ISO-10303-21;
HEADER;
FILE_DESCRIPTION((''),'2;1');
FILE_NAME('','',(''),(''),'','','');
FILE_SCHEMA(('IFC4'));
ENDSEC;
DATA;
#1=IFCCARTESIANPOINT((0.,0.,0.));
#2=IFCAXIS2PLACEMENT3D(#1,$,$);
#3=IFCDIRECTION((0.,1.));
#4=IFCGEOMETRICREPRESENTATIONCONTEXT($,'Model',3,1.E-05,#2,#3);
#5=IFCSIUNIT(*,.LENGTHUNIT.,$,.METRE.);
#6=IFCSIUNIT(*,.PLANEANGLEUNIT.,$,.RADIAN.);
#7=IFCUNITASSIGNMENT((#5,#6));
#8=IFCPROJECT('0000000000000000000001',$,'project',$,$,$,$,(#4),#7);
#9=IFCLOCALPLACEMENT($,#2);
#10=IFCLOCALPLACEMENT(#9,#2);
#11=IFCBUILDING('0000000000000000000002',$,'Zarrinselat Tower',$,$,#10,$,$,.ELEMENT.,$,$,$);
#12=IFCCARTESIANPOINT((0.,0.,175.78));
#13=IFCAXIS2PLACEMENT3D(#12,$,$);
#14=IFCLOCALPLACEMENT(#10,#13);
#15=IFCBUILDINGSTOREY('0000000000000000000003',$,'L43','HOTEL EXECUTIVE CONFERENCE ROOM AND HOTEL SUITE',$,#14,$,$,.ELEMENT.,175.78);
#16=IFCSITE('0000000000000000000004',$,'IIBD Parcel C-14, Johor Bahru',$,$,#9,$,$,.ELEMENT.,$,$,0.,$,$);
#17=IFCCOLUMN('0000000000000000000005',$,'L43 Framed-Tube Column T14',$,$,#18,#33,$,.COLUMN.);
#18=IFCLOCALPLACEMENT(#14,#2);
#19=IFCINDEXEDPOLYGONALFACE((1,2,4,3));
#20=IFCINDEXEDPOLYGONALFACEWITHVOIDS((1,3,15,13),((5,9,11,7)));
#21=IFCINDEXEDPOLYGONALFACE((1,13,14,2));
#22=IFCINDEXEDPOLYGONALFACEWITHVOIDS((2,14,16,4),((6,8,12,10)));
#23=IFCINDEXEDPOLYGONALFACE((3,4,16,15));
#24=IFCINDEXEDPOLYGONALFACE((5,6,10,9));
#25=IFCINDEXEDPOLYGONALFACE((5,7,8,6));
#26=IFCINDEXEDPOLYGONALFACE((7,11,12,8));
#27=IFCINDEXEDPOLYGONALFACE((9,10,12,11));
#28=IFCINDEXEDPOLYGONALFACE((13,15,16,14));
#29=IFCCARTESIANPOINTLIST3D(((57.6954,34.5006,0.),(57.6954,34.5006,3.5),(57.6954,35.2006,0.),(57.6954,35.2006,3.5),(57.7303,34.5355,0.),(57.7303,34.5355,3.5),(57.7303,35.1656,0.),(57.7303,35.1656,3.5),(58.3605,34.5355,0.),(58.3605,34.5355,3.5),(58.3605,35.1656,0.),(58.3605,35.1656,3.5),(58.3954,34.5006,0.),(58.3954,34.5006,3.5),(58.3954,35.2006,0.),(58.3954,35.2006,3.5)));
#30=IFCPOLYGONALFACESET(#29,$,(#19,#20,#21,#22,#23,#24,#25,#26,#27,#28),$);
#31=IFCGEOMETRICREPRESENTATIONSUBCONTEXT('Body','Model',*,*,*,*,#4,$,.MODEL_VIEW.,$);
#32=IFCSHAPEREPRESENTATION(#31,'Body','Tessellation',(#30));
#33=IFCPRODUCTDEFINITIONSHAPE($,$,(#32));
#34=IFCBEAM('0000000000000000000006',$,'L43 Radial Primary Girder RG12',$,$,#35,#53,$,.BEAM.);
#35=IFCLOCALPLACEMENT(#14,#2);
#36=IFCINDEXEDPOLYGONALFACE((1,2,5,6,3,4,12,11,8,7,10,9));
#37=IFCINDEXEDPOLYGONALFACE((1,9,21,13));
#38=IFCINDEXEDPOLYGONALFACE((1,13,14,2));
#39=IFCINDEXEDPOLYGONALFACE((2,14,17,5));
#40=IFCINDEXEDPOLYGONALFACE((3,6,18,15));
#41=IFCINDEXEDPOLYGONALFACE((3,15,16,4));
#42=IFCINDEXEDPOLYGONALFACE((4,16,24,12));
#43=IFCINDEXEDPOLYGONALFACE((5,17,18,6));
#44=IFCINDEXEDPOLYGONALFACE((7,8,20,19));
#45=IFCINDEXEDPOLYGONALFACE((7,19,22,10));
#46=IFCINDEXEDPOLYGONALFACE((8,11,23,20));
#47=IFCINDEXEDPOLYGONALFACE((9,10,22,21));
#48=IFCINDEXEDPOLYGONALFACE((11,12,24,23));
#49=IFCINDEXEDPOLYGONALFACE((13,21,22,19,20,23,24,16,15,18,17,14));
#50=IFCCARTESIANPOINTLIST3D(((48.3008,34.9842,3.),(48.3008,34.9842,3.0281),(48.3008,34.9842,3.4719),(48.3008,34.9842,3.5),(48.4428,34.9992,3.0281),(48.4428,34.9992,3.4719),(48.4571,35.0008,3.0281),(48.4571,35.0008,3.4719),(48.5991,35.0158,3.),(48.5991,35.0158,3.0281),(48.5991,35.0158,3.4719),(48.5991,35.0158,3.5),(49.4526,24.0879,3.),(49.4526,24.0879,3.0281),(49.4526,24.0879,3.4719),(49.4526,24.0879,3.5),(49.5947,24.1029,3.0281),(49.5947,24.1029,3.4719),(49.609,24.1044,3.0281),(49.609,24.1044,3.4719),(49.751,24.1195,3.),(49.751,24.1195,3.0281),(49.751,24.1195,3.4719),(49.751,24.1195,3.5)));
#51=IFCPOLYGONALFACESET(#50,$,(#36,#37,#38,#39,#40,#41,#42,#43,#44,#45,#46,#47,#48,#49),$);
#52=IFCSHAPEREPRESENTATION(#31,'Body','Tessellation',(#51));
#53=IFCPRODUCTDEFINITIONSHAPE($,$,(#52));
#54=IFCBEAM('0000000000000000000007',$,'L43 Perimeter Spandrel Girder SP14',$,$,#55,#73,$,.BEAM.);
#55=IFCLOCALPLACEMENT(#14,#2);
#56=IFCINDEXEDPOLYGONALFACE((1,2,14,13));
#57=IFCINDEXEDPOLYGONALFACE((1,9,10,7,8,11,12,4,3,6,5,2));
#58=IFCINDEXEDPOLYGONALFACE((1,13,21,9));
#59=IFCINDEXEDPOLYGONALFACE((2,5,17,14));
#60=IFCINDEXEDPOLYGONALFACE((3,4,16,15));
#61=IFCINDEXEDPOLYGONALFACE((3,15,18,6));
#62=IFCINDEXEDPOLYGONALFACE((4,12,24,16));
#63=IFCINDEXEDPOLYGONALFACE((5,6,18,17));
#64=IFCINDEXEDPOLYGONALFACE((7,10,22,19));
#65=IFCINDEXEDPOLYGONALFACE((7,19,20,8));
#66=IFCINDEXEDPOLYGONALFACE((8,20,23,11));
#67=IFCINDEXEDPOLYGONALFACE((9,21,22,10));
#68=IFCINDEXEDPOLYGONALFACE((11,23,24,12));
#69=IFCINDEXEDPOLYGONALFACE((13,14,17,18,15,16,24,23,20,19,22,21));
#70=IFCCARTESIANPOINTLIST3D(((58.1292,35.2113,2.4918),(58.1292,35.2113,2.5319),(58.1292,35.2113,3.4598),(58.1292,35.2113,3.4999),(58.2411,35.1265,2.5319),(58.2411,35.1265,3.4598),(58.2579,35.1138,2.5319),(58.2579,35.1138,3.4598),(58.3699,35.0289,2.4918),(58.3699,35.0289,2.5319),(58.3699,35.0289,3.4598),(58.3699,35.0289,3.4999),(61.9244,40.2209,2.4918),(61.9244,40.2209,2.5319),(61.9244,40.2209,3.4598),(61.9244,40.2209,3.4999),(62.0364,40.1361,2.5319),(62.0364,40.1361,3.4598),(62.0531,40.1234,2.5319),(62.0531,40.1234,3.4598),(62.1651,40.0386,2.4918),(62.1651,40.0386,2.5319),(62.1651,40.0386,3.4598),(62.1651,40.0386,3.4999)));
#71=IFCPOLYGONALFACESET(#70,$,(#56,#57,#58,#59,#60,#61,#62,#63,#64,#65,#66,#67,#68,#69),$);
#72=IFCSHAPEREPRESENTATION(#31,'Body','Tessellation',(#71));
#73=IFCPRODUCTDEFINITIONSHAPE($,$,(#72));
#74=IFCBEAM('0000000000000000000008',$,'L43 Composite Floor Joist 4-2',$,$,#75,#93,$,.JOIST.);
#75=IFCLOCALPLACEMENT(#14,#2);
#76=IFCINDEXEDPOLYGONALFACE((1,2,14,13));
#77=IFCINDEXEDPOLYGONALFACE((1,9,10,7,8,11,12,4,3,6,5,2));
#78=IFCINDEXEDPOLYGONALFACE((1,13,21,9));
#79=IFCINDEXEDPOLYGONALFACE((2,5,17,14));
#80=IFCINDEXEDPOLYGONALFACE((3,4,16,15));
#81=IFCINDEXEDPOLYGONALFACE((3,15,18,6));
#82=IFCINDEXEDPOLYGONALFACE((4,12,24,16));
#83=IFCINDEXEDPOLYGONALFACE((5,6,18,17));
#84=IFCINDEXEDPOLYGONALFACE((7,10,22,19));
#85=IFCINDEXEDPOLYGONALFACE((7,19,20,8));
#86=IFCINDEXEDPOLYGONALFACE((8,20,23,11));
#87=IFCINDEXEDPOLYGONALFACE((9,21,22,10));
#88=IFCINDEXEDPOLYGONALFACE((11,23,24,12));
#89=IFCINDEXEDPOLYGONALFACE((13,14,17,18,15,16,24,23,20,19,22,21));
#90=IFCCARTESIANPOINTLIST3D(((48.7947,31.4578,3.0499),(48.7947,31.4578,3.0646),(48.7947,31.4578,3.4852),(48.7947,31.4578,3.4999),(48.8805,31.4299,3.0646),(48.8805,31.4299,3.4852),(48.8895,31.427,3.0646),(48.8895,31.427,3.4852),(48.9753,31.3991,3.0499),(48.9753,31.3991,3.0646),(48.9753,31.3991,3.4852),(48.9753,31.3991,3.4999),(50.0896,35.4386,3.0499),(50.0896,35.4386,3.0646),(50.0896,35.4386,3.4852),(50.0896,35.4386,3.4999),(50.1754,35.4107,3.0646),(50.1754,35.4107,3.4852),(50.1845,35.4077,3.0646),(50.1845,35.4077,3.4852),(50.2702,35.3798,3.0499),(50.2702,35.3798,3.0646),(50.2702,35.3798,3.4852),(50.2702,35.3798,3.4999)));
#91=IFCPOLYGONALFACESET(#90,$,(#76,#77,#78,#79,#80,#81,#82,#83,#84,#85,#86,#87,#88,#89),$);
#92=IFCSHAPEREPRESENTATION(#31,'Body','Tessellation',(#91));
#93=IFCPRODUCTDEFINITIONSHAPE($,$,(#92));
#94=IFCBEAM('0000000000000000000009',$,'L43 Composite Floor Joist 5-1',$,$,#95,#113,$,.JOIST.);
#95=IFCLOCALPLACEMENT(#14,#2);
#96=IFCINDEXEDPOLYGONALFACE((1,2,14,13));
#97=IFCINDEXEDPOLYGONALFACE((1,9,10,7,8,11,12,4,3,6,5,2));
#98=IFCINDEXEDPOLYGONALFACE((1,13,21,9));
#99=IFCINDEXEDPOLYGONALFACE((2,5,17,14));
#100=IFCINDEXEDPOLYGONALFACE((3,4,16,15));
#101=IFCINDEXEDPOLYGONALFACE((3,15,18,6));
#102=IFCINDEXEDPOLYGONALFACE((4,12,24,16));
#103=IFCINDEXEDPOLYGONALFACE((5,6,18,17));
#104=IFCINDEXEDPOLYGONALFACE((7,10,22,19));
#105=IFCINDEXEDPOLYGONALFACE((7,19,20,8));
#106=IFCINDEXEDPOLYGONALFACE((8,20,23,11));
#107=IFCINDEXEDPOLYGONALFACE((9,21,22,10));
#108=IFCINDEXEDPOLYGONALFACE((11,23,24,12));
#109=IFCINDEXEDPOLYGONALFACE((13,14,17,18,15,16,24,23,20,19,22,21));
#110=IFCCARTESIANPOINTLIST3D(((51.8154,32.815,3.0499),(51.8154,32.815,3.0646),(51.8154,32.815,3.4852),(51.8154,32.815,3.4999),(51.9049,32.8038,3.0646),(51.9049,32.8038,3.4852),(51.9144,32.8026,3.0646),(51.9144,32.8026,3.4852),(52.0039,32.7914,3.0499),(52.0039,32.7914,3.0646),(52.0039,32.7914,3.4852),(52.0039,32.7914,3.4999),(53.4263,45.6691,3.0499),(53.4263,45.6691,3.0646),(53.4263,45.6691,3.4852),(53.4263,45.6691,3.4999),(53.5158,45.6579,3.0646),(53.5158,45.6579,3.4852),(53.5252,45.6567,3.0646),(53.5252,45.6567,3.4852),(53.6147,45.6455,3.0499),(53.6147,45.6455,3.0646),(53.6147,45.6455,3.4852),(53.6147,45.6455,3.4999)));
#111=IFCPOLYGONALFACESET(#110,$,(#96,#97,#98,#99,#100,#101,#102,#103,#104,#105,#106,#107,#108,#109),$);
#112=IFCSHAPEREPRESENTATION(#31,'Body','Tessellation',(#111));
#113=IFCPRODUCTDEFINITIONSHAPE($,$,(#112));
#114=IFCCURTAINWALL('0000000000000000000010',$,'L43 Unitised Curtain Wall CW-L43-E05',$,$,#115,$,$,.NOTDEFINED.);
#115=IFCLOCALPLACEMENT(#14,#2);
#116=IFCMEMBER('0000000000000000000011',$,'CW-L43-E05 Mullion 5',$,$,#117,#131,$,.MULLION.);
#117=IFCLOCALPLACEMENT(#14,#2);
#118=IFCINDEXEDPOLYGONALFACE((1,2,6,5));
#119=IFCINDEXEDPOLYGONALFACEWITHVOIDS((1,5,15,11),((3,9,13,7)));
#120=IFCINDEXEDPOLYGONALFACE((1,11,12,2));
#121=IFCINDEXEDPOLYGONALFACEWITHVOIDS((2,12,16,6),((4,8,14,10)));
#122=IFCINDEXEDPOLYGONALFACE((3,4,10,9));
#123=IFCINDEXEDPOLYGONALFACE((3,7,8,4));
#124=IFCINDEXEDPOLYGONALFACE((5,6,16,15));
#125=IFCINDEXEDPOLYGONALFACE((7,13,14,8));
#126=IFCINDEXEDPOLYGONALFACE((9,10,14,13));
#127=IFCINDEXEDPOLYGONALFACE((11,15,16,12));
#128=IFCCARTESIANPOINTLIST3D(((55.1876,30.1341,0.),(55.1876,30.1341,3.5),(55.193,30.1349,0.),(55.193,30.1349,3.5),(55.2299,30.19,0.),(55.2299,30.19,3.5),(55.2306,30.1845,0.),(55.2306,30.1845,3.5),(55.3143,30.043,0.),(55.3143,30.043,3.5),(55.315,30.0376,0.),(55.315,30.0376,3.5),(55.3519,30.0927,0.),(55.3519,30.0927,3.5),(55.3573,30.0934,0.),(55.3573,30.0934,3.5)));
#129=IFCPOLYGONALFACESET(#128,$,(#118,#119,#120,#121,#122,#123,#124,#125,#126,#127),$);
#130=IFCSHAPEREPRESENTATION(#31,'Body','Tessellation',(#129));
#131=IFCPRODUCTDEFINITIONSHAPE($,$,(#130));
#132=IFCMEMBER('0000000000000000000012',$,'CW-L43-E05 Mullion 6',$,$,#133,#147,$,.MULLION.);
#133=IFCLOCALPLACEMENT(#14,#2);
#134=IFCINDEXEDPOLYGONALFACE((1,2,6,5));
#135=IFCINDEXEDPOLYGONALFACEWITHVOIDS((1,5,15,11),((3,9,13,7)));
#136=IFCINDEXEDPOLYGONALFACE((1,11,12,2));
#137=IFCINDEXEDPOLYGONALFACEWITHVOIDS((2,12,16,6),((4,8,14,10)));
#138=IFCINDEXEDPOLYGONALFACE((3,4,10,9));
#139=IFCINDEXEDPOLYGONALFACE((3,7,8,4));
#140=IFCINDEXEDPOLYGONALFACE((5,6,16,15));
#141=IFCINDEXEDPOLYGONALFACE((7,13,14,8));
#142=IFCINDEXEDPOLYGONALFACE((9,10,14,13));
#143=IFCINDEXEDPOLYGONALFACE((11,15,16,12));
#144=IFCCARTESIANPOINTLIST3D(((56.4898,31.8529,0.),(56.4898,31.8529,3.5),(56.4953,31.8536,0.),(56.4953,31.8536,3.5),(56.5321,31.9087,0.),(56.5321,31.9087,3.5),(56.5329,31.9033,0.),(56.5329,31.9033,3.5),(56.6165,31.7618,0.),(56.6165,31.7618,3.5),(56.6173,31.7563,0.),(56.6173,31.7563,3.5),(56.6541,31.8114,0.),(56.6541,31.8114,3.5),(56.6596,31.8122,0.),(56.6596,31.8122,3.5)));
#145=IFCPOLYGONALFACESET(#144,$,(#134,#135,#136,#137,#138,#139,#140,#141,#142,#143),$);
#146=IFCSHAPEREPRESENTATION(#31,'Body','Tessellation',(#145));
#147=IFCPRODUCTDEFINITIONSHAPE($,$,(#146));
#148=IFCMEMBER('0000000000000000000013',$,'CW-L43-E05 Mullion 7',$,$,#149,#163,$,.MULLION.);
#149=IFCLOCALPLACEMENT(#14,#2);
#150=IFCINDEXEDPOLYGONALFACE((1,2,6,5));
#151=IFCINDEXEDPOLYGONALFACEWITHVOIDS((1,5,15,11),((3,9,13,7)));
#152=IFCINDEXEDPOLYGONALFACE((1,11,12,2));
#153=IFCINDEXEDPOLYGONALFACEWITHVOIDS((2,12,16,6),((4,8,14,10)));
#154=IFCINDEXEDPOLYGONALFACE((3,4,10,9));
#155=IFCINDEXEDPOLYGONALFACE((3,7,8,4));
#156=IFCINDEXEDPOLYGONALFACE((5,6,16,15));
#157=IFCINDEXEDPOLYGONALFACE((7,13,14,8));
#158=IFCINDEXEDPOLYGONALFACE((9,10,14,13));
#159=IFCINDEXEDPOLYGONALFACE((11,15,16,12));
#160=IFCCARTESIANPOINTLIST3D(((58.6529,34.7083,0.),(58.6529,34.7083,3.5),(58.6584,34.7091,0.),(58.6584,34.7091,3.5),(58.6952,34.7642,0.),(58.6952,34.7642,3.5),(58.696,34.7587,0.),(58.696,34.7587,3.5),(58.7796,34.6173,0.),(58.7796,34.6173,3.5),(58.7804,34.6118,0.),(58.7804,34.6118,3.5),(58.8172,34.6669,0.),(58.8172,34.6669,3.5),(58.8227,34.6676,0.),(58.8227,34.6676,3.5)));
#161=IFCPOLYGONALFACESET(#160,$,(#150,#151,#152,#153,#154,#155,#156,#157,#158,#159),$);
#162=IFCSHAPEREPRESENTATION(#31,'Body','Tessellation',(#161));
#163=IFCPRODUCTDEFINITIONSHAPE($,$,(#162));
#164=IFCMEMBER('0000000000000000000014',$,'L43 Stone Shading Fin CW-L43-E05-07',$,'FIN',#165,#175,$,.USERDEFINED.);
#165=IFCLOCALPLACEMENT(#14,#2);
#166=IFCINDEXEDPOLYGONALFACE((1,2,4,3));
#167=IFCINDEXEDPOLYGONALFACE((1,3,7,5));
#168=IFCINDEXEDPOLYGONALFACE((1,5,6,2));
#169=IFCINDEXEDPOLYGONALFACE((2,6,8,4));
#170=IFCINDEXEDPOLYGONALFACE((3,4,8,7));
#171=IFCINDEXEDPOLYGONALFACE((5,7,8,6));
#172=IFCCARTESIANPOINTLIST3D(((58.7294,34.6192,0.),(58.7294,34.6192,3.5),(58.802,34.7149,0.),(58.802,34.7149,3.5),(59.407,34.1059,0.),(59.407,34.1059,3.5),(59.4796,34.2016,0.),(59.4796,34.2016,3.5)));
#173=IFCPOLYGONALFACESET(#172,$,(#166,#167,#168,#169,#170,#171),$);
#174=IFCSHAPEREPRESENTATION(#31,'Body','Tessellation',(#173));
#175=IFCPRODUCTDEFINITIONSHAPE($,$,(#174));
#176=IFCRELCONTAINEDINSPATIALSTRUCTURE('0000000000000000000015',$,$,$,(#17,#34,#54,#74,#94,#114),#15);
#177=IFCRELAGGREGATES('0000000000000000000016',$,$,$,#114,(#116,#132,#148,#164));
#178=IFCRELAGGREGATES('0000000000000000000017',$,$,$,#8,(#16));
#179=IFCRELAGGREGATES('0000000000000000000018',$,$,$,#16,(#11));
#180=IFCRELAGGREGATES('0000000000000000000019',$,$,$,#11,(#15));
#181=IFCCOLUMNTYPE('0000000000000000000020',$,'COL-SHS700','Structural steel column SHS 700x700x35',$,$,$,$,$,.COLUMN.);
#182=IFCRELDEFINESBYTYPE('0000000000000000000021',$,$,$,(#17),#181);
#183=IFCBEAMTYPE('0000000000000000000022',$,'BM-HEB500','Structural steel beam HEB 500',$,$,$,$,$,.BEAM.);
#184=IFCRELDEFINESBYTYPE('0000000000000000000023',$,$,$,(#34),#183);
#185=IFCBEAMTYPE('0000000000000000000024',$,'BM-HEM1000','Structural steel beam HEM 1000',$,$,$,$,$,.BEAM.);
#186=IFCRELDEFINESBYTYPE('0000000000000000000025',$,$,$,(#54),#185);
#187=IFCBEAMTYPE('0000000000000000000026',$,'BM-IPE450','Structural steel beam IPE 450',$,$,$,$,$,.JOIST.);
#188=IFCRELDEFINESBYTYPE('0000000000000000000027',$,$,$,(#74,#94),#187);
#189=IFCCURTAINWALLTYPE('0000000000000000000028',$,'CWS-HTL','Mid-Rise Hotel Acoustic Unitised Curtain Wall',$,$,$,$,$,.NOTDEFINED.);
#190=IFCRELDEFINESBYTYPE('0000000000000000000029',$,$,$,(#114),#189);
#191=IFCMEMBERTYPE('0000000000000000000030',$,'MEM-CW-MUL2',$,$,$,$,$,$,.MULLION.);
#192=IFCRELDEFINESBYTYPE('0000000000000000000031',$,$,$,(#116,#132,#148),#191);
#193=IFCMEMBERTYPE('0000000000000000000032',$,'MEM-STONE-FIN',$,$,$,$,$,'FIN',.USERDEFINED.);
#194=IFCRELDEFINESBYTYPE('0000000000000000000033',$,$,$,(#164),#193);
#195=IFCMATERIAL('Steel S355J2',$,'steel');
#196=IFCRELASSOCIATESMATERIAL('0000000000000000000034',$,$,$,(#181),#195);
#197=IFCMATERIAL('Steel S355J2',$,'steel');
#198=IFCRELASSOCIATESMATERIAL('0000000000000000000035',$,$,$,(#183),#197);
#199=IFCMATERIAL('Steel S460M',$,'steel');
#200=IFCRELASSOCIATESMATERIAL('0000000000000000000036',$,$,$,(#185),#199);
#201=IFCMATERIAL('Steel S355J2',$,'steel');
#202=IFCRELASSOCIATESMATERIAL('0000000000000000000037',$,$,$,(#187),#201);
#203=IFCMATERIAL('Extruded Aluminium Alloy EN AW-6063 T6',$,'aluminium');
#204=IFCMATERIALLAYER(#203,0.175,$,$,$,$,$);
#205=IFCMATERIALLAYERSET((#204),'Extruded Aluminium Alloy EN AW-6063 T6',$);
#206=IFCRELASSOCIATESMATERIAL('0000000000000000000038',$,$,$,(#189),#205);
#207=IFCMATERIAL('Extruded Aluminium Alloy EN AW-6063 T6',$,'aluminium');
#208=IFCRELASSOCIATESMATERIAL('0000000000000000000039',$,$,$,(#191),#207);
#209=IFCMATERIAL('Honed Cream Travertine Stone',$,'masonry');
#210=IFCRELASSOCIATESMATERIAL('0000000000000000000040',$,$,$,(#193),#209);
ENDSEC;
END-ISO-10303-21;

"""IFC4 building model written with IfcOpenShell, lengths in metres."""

from ifc_helpers import new_model, si_unit, direction, frame, origin, origin_2d, place, context, subcontext, project, spatial, rectangle, hollow_rectangle, i_section, extrude, material, layer, layer_set, material_profile, profile_set, type_object, element, aggregate, save


model = new_model("IFC4")

# Units and contexts
model_context = context("Model", 3, precision=1e-05, world=origin(), true_north=direction((0.0, 1.0)))
body_context = subcontext(model_context, "Body", "Model", "MODEL_VIEW")
ifc_project = project(units=[si_unit("LENGTHUNIT", "METRE"), si_unit("PLANEANGLEUNIT", "RADIAN")], contexts=[model_context])

# Site, building, storey
site_placement = place(None, origin())
site = spatial("IfcSite", under=ifc_project, at=site_placement, Name="IIBD Parcel C-14, Johor Bahru", CompositionType="ELEMENT", RefElevation=0.0)
building_placement = place(site_placement, origin())
building = spatial("IfcBuilding", under=site, at=building_placement, Name="Zarrinselat Tower", CompositionType="ELEMENT")
storey_placement = place(building_placement, frame((0.0, 0.0, 175.78)))
storey = spatial("IfcBuildingStorey", under=building, at=storey_placement, Name="L43", Description="HOTEL EXECUTIVE CONFERENCE ROOM AND HOTEL SUITE", CompositionType="ELEMENT", Elevation=175.78)

# Column
ifc_material_1 = material(Name="Steel S355J2", Category="steel")
ifc_material_profile_1 = material_profile(ifc_material_1, hollow_rectangle(XDim=0.7, YDim=0.7, WallThickness=0.0349, at=origin_2d()), Name="SHS 700x700x35")
ifc_profile_set_1 = profile_set([ifc_material_profile_1], Name="Steel S355J2")
column_type = type_object("IfcColumnType", Name="COL-SHS700", Description="Structural steel column SHS 700x700x35", PredefinedType="COLUMN", material=ifc_profile_set_1)
column_placement = place(storey_placement, frame((58.0454, 34.8506, 0.0), z_axis=(0.0, 0.0, 1.0), x_axis=(1.0, 0.0, 0.0)))
element("IfcColumn", 1, at=column_placement, inside=storey, type_object=column_type, Name="L43 Framed-Tube Column T14", PredefinedType="COLUMN", context=body_context, shape_type="SweptSolid", body=[
    extrude(hollow_rectangle(XDim=0.7, YDim=0.7, WallThickness=0.0349, at=origin_2d()), origin(), (0.0, 0.0, 1.0), 3.5),
])

# Beams
ifc_material_2 = material(Name="Steel S355J2", Category="steel")
ifc_material_profile_2 = material_profile(ifc_material_2, i_section(OverallWidth=0.3, OverallDepth=0.5, WebThickness=0.0144, FlangeThickness=0.0281, at=origin_2d()), Name="HEB 500")
ifc_profile_set_2 = profile_set([ifc_material_profile_2], Name="Steel S355J2")
beam_type_1 = type_object("IfcBeamType", Name="BM-HEB500", Description="Structural steel beam HEB 500", PredefinedType="BEAM", material=ifc_profile_set_2)
beam_1_placement = place(storey_placement, frame((48.45, 35.0, 3.25), z_axis=(0.105126, -0.994459, 0.0), x_axis=(0.994459, 0.105126, 0.0)))
element("IfcBeam", 2, at=beam_1_placement, inside=storey, type_object=beam_type_1, Name="L43 Radial Primary Girder RG12", PredefinedType="BEAM", context=body_context, shape_type="SweptSolid", body=[
    extrude(i_section(OverallWidth=0.3, OverallDepth=0.5, WebThickness=0.0144, FlangeThickness=0.0281, at=origin_2d()), origin(), (0.0, 0.0, 1.0), 10.957),
])
ifc_material_3 = material(Name="Steel S460M", Category="steel")
ifc_material_profile_3 = material_profile(ifc_material_3, i_section(OverallWidth=0.302, OverallDepth=1.0081, WebThickness=0.021, FlangeThickness=0.04, at=origin_2d()), Name="HEM 1000")
ifc_profile_set_3 = profile_set([ifc_material_profile_3], Name="Steel S460M")
beam_type_2 = type_object("IfcBeamType", Name="BM-HEM1000", Description="Structural steel beam HEM 1000", PredefinedType="BEAM", material=ifc_profile_set_3)
beam_2_placement = place(storey_placement, frame((58.2495, 35.1201, 2.9958), z_axis=(0.603865, 0.797086, 0.0), x_axis=(-0.797086, 0.603865, 0.0)))
element("IfcBeam", 3, at=beam_2_placement, inside=storey, type_object=beam_type_2, Name="L43 Perimeter Spandrel Girder SP14", PredefinedType="BEAM", context=body_context, shape_type="SweptSolid", body=[
    extrude(i_section(OverallWidth=0.302, OverallDepth=1.0081, WebThickness=0.021, FlangeThickness=0.04, at=origin_2d()), origin(), (0.0, 0.0, 1.0), 6.2849),
])
ifc_material_4 = material(Name="Steel S355J2", Category="steel")
ifc_material_profile_4 = material_profile(ifc_material_4, i_section(OverallWidth=0.1899, OverallDepth=0.45, WebThickness=0.0095, FlangeThickness=0.0146, at=origin_2d()), Name="IPE 450")
ifc_profile_set_4 = profile_set([ifc_material_profile_4], Name="Steel S355J2")
beam_type_3 = type_object("IfcBeamType", Name="BM-IPE450", Description="Structural steel beam IPE 450", PredefinedType="JOIST", material=ifc_profile_set_4)
beam_3_placement = place(storey_placement, frame((48.885, 31.4285, 3.2749), z_axis=(0.309343, 0.95095, 0.0), x_axis=(-0.95095, 0.309343, 0.0)))
element("IfcBeam", 4, at=beam_3_placement, inside=storey, type_object=beam_type_3, Name="L43 Composite Floor Joist 4-2", PredefinedType="JOIST", context=body_context, shape_type="SweptSolid", body=[
    extrude(i_section(OverallWidth=0.1899, OverallDepth=0.45, WebThickness=0.0095, FlangeThickness=0.0146, at=origin_2d()), origin(), (0.0, 0.0, 1.0), 4.186),
])
beam_4_placement = place(storey_placement, frame((51.9097, 32.8032, 3.2749), z_axis=(0.124346, 0.992239, 0.0), x_axis=(-0.992239, 0.124346, 0.0)))
element("IfcBeam", 5, at=beam_4_placement, inside=storey, type_object=beam_type_3, Name="L43 Composite Floor Joist 5-1", PredefinedType="JOIST", context=body_context, shape_type="SweptSolid", body=[
    extrude(i_section(OverallWidth=0.1899, OverallDepth=0.45, WebThickness=0.0095, FlangeThickness=0.0146, at=origin_2d()), origin(), (0.0, 0.0, 1.0), 12.9546),
])

# Curtain wall, members
ifc_material_5 = material(Name="Extruded Aluminium Alloy EN AW-6063 T6", Category="aluminium")
ifc_layer_1 = layer(ifc_material_5, 0.175)
ifc_layer_set_1 = layer_set([ifc_layer_1], Name="Extruded Aluminium Alloy EN AW-6063 T6")
curtain_wall_type = type_object("IfcCurtainWallType", Name="CWS-HTL", Description="Mid-Rise Hotel Acoustic Unitised Curtain Wall", PredefinedType="NOTDEFINED", material=ifc_layer_set_1)
curtain_wall_placement = place(storey_placement, origin())
curtain_wall = element("IfcCurtainWall", 6, at=curtain_wall_placement, inside=storey, type_object=curtain_wall_type, Name="L43 Unitised Curtain Wall CW-L43-E05", PredefinedType="NOTDEFINED")
ifc_material_6 = material(Name="Extruded Aluminium Alloy EN AW-6063 T6", Category="aluminium")
ifc_material_profile_5 = material_profile(ifc_material_6, hollow_rectangle(XDim=0.0701, YDim=0.1599, WallThickness=0.0039, at=origin_2d()), Name="RHS 160x70x4")
ifc_profile_set_5 = profile_set([ifc_material_profile_5], Name="Extruded Aluminium Alloy EN AW-6063 T6")
member_type_1 = type_object("IfcMemberType", Name="MEM-CW-MUL2", PredefinedType="MULLION", material=ifc_profile_set_5)
member_1_placement = place(storey_placement, frame((55.2725, 30.1138, 0.0), z_axis=(0.0, 0.0, 1.0), x_axis=(0.603859, 0.797091, 0.0)))
member_1 = element("IfcMember", 7, at=member_1_placement, type_object=member_type_1, Name="CW-L43-E05 Mullion 5", PredefinedType="MULLION", context=body_context, shape_type="SweptSolid", body=[
    extrude(hollow_rectangle(XDim=0.0701, YDim=0.1599, WallThickness=0.0039, at=origin_2d()), origin(), (0.0, 0.0, 1.0), 3.5),
])
member_2_placement = place(storey_placement, frame((56.5747, 31.8325, 0.0), z_axis=(0.0, 0.0, 1.0), x_axis=(0.603859, 0.797091, 0.0)))
member_2 = element("IfcMember", 8, at=member_2_placement, type_object=member_type_1, Name="CW-L43-E05 Mullion 6", PredefinedType="MULLION", context=body_context, shape_type="SweptSolid", body=[
    extrude(hollow_rectangle(XDim=0.0701, YDim=0.1599, WallThickness=0.0039, at=origin_2d()), origin(), (0.0, 0.0, 1.0), 3.5),
])
member_3_placement = place(storey_placement, frame((58.7378, 34.688, 0.0), z_axis=(0.0, 0.0, 1.0), x_axis=(0.603859, 0.797091, 0.0)))
member_3 = element("IfcMember", 9, at=member_3_placement, type_object=member_type_1, Name="CW-L43-E05 Mullion 7", PredefinedType="MULLION", context=body_context, shape_type="SweptSolid", body=[
    extrude(hollow_rectangle(XDim=0.0701, YDim=0.1599, WallThickness=0.0039, at=origin_2d()), origin(), (0.0, 0.0, 1.0), 3.5),
])
ifc_material_7 = material(Name="Honed Cream Travertine Stone", Category="masonry")
ifc_material_profile_6 = material_profile(ifc_material_7, rectangle(XDim=0.1201, YDim=0.8501, at=origin_2d()), Name="FIN 850x120")
ifc_profile_set_6 = profile_set([ifc_material_profile_6], Name="Honed Cream Travertine Stone")
member_type_2 = type_object("IfcMemberType", Name="MEM-STONE-FIN", ElementType="FIN", PredefinedType="USERDEFINED", material=ifc_profile_set_6)
member_4_placement = place(storey_placement, frame((59.1045, 34.4104, 0.0), z_axis=(0.0, 0.0, 1.0), x_axis=(-0.603859, -0.797091, 0.0)))
member_4 = element("IfcMember", 10, at=member_4_placement, type_object=member_type_2, Name="L43 Stone Shading Fin CW-L43-E05-07", ObjectType="FIN", PredefinedType="USERDEFINED", context=body_context, shape_type="SweptSolid", body=[
    extrude(rectangle(XDim=0.1201, YDim=0.8501, at=origin_2d()), origin(), (0.0, 0.0, 1.0), 3.5),
])
aggregate(curtain_wall, [member_1, member_2, member_3, member_4])

save(model, "model.ifc")
